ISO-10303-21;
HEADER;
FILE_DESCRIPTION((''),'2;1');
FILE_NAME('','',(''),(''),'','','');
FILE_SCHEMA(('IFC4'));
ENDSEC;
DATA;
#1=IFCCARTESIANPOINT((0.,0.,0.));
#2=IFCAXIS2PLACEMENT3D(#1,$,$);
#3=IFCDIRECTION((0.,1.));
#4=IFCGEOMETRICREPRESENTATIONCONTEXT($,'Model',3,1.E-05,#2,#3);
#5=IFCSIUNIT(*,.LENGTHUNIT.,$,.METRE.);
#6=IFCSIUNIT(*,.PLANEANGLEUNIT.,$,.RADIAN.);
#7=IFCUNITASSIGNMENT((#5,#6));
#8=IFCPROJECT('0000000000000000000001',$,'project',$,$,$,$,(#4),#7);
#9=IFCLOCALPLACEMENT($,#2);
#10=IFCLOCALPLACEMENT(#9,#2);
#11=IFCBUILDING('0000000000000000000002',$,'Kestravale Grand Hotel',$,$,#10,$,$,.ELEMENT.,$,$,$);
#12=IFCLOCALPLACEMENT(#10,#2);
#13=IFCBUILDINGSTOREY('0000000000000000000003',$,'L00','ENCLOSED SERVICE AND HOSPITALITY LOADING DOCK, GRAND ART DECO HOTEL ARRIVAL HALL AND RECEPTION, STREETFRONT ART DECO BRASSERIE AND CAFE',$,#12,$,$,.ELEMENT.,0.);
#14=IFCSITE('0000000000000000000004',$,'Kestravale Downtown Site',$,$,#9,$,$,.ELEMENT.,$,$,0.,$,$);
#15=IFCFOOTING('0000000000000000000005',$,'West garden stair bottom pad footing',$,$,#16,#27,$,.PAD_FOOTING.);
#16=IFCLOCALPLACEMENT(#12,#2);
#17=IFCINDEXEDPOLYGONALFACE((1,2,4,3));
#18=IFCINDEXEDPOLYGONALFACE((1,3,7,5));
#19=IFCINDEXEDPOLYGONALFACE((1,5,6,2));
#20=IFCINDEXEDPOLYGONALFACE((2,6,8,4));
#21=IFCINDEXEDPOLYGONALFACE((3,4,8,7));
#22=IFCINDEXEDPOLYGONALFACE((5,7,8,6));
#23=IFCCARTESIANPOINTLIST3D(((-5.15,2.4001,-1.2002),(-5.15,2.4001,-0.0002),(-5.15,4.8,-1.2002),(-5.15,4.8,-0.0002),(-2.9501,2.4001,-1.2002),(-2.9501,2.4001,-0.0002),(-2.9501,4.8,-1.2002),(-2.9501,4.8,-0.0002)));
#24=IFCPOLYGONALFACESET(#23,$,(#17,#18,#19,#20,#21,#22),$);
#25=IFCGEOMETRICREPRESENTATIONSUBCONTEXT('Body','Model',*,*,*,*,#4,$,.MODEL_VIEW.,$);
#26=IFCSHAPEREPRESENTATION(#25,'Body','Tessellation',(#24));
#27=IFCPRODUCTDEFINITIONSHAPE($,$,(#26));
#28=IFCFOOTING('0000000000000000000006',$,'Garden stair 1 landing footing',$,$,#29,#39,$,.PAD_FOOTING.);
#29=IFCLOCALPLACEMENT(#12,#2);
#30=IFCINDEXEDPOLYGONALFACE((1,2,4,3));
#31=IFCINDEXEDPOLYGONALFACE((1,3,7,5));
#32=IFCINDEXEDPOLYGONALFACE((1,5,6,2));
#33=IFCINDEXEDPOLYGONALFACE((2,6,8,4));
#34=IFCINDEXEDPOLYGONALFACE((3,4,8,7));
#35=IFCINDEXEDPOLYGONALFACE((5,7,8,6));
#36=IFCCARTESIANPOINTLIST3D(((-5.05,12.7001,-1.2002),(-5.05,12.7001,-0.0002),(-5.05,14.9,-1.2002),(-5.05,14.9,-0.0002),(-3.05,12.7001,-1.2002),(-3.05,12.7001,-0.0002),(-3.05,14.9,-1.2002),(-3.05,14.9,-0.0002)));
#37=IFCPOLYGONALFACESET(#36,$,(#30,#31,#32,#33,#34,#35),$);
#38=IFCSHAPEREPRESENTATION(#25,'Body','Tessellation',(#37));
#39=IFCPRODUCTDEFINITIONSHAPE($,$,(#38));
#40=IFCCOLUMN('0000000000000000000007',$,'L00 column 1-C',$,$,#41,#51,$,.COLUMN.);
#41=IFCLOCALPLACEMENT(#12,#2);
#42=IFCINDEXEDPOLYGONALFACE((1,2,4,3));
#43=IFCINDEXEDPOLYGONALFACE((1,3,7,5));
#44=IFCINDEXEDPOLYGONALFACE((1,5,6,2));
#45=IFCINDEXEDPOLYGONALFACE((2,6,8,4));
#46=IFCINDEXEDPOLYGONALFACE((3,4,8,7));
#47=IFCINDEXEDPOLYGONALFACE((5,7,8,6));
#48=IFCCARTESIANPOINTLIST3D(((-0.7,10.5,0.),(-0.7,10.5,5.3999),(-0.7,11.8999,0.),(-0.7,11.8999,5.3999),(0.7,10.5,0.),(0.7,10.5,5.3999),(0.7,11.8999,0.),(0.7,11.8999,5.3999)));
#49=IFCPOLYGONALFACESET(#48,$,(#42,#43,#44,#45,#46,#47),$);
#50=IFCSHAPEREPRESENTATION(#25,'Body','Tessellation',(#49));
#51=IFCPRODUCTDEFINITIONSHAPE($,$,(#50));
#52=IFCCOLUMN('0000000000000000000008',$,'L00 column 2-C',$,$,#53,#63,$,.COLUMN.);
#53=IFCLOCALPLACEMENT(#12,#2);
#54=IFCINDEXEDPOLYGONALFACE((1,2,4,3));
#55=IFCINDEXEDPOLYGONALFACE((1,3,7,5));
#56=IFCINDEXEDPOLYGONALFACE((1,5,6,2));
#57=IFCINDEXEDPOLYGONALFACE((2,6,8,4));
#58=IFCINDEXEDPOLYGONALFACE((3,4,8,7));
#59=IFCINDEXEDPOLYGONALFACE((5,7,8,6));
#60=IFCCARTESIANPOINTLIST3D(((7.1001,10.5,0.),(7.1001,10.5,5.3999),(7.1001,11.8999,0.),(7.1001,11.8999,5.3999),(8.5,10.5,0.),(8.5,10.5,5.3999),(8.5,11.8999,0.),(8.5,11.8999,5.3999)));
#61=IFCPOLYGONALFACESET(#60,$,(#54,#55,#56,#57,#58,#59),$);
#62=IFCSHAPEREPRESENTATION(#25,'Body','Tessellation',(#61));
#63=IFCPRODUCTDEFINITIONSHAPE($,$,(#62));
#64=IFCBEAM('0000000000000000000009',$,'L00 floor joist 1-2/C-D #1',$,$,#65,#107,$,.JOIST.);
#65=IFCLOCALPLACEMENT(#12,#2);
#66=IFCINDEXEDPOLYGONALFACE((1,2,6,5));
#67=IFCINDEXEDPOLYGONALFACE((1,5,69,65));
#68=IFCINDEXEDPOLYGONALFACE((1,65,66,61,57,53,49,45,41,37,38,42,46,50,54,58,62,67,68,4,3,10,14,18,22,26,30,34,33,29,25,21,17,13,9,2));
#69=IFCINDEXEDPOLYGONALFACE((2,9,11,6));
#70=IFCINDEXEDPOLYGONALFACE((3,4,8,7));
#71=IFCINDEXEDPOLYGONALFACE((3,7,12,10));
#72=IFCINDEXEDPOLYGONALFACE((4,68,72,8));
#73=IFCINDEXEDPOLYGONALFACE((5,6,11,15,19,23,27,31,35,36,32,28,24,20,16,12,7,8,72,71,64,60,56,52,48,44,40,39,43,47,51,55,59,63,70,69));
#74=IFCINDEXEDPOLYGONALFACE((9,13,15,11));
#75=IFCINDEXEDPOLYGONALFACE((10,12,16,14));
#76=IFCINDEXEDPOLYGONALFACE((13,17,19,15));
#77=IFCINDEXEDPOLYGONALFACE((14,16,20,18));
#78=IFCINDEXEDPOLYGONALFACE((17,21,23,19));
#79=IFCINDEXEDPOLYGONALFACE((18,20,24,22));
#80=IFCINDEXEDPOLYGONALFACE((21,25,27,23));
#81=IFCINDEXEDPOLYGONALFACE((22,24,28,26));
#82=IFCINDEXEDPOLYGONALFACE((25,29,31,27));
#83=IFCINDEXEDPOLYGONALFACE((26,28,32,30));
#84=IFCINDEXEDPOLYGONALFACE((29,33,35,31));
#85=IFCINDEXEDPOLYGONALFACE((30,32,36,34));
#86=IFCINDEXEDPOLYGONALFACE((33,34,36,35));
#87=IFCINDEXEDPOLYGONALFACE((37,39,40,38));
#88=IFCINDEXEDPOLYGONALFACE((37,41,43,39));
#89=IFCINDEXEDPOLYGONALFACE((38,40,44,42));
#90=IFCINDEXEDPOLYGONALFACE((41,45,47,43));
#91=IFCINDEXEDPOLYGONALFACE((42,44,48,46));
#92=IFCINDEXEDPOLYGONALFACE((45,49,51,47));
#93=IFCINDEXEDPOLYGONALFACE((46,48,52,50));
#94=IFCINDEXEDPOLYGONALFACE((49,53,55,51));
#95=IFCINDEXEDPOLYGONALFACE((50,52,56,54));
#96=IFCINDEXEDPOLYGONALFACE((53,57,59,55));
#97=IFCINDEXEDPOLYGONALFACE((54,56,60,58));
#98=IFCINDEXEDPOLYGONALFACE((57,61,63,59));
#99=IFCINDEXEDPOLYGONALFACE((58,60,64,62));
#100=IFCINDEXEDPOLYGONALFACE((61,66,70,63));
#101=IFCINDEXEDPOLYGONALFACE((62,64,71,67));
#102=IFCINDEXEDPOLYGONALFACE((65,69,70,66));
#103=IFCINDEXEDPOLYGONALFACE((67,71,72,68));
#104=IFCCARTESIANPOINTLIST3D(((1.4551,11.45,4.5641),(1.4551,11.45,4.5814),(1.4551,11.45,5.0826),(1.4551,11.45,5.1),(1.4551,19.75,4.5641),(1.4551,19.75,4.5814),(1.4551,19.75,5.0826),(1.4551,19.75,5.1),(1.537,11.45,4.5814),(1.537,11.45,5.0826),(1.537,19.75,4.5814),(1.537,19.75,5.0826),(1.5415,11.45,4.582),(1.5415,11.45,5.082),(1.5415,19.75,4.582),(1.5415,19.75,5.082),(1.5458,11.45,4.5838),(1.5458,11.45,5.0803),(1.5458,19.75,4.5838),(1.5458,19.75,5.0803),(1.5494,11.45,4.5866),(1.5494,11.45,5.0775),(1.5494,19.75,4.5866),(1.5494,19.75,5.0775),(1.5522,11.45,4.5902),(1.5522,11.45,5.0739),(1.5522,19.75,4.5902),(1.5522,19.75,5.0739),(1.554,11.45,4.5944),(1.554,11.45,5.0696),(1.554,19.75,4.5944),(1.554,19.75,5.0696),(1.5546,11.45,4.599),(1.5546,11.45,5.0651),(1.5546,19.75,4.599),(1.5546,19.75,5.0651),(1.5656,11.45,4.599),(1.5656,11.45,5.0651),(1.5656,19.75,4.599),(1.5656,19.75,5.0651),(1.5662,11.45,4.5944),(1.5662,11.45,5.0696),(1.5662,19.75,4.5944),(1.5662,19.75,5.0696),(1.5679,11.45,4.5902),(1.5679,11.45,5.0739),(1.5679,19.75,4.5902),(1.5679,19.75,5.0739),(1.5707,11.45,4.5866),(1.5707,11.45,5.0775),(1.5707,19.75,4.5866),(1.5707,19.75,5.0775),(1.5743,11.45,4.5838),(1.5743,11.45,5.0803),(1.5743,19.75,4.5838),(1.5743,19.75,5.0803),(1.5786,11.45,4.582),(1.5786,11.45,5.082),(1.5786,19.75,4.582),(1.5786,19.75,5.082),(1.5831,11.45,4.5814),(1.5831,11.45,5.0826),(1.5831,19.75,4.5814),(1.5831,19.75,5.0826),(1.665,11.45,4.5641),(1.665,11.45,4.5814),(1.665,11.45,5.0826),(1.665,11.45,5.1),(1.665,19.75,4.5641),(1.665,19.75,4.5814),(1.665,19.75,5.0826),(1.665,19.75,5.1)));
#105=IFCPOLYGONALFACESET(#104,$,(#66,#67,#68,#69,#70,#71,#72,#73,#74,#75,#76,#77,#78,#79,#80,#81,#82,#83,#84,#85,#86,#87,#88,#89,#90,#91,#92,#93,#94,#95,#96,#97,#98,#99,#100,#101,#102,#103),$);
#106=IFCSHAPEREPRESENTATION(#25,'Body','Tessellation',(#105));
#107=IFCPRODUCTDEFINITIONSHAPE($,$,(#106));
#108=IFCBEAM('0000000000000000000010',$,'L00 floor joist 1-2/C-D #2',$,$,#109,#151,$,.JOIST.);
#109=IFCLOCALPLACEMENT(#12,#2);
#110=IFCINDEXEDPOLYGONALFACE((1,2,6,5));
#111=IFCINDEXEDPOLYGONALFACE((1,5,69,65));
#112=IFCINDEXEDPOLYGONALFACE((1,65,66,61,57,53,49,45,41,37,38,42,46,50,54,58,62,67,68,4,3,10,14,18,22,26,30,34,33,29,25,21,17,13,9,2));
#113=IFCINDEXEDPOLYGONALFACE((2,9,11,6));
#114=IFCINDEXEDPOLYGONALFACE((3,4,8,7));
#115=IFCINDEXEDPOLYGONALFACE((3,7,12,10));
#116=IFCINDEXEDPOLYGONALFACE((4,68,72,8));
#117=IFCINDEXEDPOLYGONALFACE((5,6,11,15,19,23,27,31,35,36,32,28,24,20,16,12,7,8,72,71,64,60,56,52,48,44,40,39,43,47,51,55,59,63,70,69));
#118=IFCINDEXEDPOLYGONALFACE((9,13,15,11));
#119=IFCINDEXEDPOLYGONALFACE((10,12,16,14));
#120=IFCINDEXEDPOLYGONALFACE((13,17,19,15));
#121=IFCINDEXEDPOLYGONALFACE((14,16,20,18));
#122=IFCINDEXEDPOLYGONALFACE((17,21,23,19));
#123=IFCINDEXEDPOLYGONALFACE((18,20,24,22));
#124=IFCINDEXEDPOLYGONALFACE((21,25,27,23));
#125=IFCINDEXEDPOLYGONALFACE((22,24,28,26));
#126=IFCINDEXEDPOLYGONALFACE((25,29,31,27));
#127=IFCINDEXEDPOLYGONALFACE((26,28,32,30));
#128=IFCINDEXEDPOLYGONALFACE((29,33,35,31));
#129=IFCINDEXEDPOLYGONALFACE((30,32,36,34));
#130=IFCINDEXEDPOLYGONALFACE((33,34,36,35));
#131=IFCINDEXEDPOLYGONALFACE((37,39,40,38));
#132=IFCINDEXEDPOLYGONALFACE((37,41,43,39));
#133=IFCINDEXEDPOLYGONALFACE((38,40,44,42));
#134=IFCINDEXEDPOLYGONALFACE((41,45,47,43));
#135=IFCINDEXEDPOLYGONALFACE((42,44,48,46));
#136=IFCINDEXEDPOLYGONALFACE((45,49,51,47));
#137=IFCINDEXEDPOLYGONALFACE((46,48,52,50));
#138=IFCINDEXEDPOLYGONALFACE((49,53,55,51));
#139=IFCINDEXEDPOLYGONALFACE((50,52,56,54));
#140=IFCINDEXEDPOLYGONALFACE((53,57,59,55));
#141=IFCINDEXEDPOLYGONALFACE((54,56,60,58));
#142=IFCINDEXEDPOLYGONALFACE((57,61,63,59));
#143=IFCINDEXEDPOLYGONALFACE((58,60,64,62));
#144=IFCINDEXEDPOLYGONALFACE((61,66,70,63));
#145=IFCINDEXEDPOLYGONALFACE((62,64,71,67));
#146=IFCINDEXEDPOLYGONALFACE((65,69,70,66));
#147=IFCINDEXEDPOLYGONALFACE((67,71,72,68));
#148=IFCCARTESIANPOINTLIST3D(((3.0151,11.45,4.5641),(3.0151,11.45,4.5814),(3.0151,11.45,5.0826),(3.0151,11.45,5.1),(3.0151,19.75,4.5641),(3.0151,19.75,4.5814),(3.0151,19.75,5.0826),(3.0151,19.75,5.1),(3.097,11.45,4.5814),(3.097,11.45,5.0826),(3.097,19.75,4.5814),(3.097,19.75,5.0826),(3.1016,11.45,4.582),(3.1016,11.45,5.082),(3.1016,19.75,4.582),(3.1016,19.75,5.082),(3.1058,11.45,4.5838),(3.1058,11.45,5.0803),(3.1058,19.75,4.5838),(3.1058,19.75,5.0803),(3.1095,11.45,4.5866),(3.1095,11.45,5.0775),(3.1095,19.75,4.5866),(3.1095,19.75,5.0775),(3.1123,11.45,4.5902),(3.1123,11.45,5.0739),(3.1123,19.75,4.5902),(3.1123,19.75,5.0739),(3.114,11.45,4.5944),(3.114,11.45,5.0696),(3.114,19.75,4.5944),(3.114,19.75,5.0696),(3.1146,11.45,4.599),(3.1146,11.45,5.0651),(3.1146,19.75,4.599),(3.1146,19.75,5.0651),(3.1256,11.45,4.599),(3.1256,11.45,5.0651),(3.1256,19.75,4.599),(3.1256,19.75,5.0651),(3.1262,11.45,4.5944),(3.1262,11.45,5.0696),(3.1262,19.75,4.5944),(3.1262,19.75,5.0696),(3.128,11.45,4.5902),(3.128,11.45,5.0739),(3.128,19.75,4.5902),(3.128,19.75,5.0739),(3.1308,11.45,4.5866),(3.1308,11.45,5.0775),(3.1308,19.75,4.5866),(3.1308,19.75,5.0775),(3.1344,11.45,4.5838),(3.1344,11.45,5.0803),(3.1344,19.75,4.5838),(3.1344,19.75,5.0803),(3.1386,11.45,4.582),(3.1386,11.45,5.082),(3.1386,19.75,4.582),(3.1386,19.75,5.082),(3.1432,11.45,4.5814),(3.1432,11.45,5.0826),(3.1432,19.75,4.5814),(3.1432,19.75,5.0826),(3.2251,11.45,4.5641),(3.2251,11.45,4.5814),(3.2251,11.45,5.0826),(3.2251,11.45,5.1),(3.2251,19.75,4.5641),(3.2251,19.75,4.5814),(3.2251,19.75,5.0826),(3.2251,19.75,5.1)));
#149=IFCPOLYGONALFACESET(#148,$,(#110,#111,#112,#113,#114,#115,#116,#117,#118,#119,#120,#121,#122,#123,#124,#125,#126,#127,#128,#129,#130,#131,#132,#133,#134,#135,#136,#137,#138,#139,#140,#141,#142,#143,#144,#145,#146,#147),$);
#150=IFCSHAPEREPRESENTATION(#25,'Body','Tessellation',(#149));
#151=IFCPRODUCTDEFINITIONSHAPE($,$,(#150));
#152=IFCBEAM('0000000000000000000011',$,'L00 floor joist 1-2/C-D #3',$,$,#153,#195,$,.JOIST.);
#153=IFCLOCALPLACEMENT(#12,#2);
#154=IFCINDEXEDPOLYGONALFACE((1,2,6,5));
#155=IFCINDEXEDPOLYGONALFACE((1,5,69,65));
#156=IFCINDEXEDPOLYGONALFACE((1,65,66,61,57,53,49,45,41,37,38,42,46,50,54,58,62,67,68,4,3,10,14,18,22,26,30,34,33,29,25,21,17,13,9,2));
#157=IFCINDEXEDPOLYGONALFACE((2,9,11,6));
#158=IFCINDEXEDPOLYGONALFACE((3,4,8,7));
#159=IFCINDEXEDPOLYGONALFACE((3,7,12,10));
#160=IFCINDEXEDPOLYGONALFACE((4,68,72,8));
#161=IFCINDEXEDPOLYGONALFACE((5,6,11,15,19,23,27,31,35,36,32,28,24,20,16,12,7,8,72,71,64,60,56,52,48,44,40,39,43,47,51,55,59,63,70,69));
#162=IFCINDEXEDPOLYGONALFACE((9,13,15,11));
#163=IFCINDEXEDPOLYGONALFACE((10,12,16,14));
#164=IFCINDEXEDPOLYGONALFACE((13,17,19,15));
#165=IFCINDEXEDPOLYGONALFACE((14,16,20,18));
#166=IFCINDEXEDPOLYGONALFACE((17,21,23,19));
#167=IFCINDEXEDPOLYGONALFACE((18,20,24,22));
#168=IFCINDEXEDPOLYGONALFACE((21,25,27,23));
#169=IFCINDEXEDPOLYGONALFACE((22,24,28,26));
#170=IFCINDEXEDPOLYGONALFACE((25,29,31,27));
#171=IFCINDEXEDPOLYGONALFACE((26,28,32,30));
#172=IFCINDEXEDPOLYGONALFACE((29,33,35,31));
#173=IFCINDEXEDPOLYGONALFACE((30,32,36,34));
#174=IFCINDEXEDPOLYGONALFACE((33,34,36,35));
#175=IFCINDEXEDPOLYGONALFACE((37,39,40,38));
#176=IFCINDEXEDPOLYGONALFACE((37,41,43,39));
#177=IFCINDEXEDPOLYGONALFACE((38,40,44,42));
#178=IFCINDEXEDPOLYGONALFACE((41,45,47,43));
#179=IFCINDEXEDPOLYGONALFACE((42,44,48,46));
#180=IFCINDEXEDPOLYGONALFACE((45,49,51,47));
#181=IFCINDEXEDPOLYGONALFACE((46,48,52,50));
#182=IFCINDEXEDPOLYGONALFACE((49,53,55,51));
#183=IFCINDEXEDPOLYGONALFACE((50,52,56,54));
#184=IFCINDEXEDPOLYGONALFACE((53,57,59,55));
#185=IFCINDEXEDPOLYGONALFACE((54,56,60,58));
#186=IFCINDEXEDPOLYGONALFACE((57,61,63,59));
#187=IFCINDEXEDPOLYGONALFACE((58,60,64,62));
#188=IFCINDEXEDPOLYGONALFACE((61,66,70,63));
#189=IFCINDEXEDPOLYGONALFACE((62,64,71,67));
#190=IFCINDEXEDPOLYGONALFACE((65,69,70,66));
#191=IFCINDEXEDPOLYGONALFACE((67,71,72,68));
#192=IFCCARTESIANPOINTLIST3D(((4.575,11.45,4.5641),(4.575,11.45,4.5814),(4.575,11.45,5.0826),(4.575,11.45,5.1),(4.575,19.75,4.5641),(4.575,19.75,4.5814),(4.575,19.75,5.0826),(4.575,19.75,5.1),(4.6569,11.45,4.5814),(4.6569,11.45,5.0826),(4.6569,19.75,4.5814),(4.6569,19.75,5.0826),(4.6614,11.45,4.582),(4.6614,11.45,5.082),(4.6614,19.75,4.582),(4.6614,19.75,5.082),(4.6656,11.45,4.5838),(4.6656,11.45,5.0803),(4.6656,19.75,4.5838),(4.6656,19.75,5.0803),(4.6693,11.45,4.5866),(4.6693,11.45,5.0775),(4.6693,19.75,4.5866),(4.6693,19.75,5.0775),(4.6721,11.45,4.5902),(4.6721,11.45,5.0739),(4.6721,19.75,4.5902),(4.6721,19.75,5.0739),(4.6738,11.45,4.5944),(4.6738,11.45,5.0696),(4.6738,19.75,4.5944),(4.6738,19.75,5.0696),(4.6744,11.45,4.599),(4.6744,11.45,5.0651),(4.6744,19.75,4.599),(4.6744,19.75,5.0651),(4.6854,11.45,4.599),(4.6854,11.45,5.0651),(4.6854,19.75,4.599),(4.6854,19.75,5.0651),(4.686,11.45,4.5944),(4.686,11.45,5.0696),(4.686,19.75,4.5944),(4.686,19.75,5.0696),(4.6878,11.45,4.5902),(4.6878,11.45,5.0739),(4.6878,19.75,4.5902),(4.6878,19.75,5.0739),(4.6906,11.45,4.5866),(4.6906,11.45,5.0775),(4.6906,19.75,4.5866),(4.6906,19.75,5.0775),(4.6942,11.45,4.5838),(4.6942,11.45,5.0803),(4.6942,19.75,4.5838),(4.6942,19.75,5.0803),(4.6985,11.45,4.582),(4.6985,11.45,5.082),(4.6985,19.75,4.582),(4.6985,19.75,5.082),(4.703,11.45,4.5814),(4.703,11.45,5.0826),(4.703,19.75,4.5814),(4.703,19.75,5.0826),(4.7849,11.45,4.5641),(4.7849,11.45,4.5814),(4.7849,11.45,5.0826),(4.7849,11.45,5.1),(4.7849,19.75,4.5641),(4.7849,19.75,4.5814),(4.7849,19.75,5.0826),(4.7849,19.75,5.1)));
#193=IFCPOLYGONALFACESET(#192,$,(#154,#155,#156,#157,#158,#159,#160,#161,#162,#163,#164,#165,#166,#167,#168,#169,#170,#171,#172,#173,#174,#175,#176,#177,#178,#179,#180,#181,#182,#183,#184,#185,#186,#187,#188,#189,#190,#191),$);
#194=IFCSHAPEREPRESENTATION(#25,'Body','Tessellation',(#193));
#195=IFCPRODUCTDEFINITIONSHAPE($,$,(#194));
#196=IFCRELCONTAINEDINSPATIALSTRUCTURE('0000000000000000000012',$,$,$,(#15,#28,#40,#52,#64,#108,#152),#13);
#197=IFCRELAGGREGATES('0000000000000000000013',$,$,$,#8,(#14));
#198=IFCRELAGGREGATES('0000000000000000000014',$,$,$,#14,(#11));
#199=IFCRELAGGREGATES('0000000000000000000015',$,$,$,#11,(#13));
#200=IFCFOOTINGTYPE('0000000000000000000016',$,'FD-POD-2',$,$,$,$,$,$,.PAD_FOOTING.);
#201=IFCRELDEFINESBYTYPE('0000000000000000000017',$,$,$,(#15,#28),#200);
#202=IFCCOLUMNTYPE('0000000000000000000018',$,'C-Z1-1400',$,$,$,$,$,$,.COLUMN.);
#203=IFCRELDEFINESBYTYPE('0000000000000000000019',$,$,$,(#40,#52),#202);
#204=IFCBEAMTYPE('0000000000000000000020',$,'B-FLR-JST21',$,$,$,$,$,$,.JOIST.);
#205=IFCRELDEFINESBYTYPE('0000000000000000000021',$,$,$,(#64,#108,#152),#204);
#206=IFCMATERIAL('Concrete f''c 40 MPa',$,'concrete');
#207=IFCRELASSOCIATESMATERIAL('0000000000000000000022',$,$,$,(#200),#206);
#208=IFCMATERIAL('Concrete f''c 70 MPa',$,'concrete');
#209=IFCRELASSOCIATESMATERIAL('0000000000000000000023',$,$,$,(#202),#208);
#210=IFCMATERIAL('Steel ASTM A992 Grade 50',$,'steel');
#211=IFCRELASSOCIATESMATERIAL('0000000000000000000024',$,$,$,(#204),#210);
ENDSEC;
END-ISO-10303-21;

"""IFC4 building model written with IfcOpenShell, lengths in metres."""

from ifc_helpers import new_model, si_unit, direction, frame, origin, origin_2d, place, context, subcontext, project, spatial, rectangle, i_section, extrude, material, material_profile, profile_set, type_object, element, save


model = new_model("IFC4")

# Units and contexts
model_context = context("Model", 3, precision=1e-05, world=origin(), true_north=direction((0.0, 1.0)))
body_context = subcontext(model_context, "Body", "Model", "MODEL_VIEW")
ifc_project = project(units=[si_unit("LENGTHUNIT", "METRE"), si_unit("PLANEANGLEUNIT", "RADIAN")], contexts=[model_context])

# Site, building, storey
site_placement = place(None, origin())
site = spatial("IfcSite", under=ifc_project, at=site_placement, Name="Kestravale Downtown Site", CompositionType="ELEMENT", RefElevation=0.0)
building_placement = place(site_placement, origin())
building = spatial("IfcBuilding", under=site, at=building_placement, Name="Kestravale Grand Hotel", CompositionType="ELEMENT")
storey_placement = place(building_placement, origin())
storey = spatial("IfcBuildingStorey", under=building, at=storey_placement, Name="L00", Description="ENCLOSED SERVICE AND HOSPITALITY LOADING DOCK, GRAND ART DECO HOTEL ARRIVAL HALL AND RECEPTION, STREETFRONT ART DECO BRASSERIE AND CAFE", CompositionType="ELEMENT", Elevation=0.0)

# Footings
ifc_material_1 = material(Name="Concrete f'c 40 MPa", Category="concrete")
footing_type = type_object("IfcFootingType", Name="FD-POD-2", PredefinedType="PAD_FOOTING", material=ifc_material_1)
footing_1_placement = place(storey_placement, frame((-4.05, 3.6001, -1.2002), z_axis=(0.0, 0.0, 1.0), x_axis=(1.0, 0.0, 0.0)))
element("IfcFooting", 1, at=footing_1_placement, inside=storey, type_object=footing_type, Name="West garden stair bottom pad footing", PredefinedType="PAD_FOOTING", context=body_context, shape_type="SweptSolid", body=[
    extrude(rectangle(XDim=2.2, YDim=2.3999, at=origin_2d()), origin(), (0.0, 0.0, 1.0), 1.2),
])
footing_2_placement = place(storey_placement, frame((-4.05, 13.8, -1.2002), z_axis=(0.0, 0.0, 1.0), x_axis=(1.0, 0.0, 0.0)))
element("IfcFooting", 2, at=footing_2_placement, inside=storey, type_object=footing_type, Name="Garden stair 1 landing footing", PredefinedType="PAD_FOOTING", context=body_context, shape_type="SweptSolid", body=[
    extrude(rectangle(XDim=2.0, YDim=2.2, at=origin_2d()), origin(), (0.0, 0.0, 1.0), 1.2),
])

# Columns
ifc_material_2 = material(Name="Concrete f'c 70 MPa", Category="concrete")
ifc_material_profile_1 = material_profile(ifc_material_2, rectangle(XDim=1.3999, YDim=1.3999, at=origin_2d()))
ifc_profile_set_1 = profile_set([ifc_material_profile_1], Name="Concrete f'c 70 MPa")
column_type = type_object("IfcColumnType", Name="C-Z1-1400", PredefinedType="COLUMN", material=ifc_profile_set_1)
for number, where, z_axis, x_axis, name in (
    (3, (0.0, 11.2, 0.0), (0.0, 0.0, 1.0), (1.0, 0.0, 0.0), "L00 column 1-C"),
    (4, (7.8, 11.2, 0.0), (0.0, 0.0, 1.0), (1.0, 0.0, 0.0), "L00 column 2-C"),
):
    element("IfcColumn", number, at=place(storey_placement, frame(where, z_axis=z_axis, x_axis=x_axis)), inside=storey, type_object=column_type, Name=name, PredefinedType="COLUMN", context=body_context, shape_type="SweptSolid", body=[
        extrude(rectangle(XDim=1.3999, YDim=1.3999, at=origin_2d()), origin(), (0.0, 0.0, 1.0), 5.3999),
    ])

# Beams
ifc_material_3 = material(Name="Steel ASTM A992 Grade 50", Category="steel")
ifc_material_profile_2 = material_profile(ifc_material_3, i_section(OverallWidth=0.21, OverallDepth=0.5359, WebThickness=0.011, FlangeThickness=0.0173, FilletRadius=0.0176, at=origin_2d()))
ifc_profile_set_2 = profile_set([ifc_material_profile_2], Name="Steel ASTM A992 Grade 50")
beam_type_1 = type_object("IfcBeamType", Name="B-FLR-JST21", PredefinedType="JOIST", material=ifc_profile_set_2)
for number, where, z_axis, x_axis, name in (
    (5, (1.5601, 11.45, 4.832), (0.0, 1.0, 0.0), (-1.0, 0.0, 0.0), "L00 floor joist 1-2/C-D #1"),
    (6, (3.1201, 11.45, 4.832), (0.0, 1.0, 0.0), (-1.0, 0.0, 0.0), "L00 floor joist 1-2/C-D #2"),
    (7, (4.6799, 11.45, 4.832), (0.0, 1.0, 0.0), (-1.0, 0.0, 0.0), "L00 floor joist 1-2/C-D #3"),
):
    element("IfcBeam", number, at=place(storey_placement, frame(where, z_axis=z_axis, x_axis=x_axis)), inside=storey, type_object=beam_type_1, Name=name, PredefinedType="JOIST", context=body_context, shape_type="SweptSolid", body=[
        extrude(i_section(OverallWidth=0.21, OverallDepth=0.5359, WebThickness=0.011, FlangeThickness=0.0173, FilletRadius=0.0176, at=origin_2d()), origin(), (0.0, 0.0, 1.0), 8.3),
    ])

save(model, "model.ifc")
